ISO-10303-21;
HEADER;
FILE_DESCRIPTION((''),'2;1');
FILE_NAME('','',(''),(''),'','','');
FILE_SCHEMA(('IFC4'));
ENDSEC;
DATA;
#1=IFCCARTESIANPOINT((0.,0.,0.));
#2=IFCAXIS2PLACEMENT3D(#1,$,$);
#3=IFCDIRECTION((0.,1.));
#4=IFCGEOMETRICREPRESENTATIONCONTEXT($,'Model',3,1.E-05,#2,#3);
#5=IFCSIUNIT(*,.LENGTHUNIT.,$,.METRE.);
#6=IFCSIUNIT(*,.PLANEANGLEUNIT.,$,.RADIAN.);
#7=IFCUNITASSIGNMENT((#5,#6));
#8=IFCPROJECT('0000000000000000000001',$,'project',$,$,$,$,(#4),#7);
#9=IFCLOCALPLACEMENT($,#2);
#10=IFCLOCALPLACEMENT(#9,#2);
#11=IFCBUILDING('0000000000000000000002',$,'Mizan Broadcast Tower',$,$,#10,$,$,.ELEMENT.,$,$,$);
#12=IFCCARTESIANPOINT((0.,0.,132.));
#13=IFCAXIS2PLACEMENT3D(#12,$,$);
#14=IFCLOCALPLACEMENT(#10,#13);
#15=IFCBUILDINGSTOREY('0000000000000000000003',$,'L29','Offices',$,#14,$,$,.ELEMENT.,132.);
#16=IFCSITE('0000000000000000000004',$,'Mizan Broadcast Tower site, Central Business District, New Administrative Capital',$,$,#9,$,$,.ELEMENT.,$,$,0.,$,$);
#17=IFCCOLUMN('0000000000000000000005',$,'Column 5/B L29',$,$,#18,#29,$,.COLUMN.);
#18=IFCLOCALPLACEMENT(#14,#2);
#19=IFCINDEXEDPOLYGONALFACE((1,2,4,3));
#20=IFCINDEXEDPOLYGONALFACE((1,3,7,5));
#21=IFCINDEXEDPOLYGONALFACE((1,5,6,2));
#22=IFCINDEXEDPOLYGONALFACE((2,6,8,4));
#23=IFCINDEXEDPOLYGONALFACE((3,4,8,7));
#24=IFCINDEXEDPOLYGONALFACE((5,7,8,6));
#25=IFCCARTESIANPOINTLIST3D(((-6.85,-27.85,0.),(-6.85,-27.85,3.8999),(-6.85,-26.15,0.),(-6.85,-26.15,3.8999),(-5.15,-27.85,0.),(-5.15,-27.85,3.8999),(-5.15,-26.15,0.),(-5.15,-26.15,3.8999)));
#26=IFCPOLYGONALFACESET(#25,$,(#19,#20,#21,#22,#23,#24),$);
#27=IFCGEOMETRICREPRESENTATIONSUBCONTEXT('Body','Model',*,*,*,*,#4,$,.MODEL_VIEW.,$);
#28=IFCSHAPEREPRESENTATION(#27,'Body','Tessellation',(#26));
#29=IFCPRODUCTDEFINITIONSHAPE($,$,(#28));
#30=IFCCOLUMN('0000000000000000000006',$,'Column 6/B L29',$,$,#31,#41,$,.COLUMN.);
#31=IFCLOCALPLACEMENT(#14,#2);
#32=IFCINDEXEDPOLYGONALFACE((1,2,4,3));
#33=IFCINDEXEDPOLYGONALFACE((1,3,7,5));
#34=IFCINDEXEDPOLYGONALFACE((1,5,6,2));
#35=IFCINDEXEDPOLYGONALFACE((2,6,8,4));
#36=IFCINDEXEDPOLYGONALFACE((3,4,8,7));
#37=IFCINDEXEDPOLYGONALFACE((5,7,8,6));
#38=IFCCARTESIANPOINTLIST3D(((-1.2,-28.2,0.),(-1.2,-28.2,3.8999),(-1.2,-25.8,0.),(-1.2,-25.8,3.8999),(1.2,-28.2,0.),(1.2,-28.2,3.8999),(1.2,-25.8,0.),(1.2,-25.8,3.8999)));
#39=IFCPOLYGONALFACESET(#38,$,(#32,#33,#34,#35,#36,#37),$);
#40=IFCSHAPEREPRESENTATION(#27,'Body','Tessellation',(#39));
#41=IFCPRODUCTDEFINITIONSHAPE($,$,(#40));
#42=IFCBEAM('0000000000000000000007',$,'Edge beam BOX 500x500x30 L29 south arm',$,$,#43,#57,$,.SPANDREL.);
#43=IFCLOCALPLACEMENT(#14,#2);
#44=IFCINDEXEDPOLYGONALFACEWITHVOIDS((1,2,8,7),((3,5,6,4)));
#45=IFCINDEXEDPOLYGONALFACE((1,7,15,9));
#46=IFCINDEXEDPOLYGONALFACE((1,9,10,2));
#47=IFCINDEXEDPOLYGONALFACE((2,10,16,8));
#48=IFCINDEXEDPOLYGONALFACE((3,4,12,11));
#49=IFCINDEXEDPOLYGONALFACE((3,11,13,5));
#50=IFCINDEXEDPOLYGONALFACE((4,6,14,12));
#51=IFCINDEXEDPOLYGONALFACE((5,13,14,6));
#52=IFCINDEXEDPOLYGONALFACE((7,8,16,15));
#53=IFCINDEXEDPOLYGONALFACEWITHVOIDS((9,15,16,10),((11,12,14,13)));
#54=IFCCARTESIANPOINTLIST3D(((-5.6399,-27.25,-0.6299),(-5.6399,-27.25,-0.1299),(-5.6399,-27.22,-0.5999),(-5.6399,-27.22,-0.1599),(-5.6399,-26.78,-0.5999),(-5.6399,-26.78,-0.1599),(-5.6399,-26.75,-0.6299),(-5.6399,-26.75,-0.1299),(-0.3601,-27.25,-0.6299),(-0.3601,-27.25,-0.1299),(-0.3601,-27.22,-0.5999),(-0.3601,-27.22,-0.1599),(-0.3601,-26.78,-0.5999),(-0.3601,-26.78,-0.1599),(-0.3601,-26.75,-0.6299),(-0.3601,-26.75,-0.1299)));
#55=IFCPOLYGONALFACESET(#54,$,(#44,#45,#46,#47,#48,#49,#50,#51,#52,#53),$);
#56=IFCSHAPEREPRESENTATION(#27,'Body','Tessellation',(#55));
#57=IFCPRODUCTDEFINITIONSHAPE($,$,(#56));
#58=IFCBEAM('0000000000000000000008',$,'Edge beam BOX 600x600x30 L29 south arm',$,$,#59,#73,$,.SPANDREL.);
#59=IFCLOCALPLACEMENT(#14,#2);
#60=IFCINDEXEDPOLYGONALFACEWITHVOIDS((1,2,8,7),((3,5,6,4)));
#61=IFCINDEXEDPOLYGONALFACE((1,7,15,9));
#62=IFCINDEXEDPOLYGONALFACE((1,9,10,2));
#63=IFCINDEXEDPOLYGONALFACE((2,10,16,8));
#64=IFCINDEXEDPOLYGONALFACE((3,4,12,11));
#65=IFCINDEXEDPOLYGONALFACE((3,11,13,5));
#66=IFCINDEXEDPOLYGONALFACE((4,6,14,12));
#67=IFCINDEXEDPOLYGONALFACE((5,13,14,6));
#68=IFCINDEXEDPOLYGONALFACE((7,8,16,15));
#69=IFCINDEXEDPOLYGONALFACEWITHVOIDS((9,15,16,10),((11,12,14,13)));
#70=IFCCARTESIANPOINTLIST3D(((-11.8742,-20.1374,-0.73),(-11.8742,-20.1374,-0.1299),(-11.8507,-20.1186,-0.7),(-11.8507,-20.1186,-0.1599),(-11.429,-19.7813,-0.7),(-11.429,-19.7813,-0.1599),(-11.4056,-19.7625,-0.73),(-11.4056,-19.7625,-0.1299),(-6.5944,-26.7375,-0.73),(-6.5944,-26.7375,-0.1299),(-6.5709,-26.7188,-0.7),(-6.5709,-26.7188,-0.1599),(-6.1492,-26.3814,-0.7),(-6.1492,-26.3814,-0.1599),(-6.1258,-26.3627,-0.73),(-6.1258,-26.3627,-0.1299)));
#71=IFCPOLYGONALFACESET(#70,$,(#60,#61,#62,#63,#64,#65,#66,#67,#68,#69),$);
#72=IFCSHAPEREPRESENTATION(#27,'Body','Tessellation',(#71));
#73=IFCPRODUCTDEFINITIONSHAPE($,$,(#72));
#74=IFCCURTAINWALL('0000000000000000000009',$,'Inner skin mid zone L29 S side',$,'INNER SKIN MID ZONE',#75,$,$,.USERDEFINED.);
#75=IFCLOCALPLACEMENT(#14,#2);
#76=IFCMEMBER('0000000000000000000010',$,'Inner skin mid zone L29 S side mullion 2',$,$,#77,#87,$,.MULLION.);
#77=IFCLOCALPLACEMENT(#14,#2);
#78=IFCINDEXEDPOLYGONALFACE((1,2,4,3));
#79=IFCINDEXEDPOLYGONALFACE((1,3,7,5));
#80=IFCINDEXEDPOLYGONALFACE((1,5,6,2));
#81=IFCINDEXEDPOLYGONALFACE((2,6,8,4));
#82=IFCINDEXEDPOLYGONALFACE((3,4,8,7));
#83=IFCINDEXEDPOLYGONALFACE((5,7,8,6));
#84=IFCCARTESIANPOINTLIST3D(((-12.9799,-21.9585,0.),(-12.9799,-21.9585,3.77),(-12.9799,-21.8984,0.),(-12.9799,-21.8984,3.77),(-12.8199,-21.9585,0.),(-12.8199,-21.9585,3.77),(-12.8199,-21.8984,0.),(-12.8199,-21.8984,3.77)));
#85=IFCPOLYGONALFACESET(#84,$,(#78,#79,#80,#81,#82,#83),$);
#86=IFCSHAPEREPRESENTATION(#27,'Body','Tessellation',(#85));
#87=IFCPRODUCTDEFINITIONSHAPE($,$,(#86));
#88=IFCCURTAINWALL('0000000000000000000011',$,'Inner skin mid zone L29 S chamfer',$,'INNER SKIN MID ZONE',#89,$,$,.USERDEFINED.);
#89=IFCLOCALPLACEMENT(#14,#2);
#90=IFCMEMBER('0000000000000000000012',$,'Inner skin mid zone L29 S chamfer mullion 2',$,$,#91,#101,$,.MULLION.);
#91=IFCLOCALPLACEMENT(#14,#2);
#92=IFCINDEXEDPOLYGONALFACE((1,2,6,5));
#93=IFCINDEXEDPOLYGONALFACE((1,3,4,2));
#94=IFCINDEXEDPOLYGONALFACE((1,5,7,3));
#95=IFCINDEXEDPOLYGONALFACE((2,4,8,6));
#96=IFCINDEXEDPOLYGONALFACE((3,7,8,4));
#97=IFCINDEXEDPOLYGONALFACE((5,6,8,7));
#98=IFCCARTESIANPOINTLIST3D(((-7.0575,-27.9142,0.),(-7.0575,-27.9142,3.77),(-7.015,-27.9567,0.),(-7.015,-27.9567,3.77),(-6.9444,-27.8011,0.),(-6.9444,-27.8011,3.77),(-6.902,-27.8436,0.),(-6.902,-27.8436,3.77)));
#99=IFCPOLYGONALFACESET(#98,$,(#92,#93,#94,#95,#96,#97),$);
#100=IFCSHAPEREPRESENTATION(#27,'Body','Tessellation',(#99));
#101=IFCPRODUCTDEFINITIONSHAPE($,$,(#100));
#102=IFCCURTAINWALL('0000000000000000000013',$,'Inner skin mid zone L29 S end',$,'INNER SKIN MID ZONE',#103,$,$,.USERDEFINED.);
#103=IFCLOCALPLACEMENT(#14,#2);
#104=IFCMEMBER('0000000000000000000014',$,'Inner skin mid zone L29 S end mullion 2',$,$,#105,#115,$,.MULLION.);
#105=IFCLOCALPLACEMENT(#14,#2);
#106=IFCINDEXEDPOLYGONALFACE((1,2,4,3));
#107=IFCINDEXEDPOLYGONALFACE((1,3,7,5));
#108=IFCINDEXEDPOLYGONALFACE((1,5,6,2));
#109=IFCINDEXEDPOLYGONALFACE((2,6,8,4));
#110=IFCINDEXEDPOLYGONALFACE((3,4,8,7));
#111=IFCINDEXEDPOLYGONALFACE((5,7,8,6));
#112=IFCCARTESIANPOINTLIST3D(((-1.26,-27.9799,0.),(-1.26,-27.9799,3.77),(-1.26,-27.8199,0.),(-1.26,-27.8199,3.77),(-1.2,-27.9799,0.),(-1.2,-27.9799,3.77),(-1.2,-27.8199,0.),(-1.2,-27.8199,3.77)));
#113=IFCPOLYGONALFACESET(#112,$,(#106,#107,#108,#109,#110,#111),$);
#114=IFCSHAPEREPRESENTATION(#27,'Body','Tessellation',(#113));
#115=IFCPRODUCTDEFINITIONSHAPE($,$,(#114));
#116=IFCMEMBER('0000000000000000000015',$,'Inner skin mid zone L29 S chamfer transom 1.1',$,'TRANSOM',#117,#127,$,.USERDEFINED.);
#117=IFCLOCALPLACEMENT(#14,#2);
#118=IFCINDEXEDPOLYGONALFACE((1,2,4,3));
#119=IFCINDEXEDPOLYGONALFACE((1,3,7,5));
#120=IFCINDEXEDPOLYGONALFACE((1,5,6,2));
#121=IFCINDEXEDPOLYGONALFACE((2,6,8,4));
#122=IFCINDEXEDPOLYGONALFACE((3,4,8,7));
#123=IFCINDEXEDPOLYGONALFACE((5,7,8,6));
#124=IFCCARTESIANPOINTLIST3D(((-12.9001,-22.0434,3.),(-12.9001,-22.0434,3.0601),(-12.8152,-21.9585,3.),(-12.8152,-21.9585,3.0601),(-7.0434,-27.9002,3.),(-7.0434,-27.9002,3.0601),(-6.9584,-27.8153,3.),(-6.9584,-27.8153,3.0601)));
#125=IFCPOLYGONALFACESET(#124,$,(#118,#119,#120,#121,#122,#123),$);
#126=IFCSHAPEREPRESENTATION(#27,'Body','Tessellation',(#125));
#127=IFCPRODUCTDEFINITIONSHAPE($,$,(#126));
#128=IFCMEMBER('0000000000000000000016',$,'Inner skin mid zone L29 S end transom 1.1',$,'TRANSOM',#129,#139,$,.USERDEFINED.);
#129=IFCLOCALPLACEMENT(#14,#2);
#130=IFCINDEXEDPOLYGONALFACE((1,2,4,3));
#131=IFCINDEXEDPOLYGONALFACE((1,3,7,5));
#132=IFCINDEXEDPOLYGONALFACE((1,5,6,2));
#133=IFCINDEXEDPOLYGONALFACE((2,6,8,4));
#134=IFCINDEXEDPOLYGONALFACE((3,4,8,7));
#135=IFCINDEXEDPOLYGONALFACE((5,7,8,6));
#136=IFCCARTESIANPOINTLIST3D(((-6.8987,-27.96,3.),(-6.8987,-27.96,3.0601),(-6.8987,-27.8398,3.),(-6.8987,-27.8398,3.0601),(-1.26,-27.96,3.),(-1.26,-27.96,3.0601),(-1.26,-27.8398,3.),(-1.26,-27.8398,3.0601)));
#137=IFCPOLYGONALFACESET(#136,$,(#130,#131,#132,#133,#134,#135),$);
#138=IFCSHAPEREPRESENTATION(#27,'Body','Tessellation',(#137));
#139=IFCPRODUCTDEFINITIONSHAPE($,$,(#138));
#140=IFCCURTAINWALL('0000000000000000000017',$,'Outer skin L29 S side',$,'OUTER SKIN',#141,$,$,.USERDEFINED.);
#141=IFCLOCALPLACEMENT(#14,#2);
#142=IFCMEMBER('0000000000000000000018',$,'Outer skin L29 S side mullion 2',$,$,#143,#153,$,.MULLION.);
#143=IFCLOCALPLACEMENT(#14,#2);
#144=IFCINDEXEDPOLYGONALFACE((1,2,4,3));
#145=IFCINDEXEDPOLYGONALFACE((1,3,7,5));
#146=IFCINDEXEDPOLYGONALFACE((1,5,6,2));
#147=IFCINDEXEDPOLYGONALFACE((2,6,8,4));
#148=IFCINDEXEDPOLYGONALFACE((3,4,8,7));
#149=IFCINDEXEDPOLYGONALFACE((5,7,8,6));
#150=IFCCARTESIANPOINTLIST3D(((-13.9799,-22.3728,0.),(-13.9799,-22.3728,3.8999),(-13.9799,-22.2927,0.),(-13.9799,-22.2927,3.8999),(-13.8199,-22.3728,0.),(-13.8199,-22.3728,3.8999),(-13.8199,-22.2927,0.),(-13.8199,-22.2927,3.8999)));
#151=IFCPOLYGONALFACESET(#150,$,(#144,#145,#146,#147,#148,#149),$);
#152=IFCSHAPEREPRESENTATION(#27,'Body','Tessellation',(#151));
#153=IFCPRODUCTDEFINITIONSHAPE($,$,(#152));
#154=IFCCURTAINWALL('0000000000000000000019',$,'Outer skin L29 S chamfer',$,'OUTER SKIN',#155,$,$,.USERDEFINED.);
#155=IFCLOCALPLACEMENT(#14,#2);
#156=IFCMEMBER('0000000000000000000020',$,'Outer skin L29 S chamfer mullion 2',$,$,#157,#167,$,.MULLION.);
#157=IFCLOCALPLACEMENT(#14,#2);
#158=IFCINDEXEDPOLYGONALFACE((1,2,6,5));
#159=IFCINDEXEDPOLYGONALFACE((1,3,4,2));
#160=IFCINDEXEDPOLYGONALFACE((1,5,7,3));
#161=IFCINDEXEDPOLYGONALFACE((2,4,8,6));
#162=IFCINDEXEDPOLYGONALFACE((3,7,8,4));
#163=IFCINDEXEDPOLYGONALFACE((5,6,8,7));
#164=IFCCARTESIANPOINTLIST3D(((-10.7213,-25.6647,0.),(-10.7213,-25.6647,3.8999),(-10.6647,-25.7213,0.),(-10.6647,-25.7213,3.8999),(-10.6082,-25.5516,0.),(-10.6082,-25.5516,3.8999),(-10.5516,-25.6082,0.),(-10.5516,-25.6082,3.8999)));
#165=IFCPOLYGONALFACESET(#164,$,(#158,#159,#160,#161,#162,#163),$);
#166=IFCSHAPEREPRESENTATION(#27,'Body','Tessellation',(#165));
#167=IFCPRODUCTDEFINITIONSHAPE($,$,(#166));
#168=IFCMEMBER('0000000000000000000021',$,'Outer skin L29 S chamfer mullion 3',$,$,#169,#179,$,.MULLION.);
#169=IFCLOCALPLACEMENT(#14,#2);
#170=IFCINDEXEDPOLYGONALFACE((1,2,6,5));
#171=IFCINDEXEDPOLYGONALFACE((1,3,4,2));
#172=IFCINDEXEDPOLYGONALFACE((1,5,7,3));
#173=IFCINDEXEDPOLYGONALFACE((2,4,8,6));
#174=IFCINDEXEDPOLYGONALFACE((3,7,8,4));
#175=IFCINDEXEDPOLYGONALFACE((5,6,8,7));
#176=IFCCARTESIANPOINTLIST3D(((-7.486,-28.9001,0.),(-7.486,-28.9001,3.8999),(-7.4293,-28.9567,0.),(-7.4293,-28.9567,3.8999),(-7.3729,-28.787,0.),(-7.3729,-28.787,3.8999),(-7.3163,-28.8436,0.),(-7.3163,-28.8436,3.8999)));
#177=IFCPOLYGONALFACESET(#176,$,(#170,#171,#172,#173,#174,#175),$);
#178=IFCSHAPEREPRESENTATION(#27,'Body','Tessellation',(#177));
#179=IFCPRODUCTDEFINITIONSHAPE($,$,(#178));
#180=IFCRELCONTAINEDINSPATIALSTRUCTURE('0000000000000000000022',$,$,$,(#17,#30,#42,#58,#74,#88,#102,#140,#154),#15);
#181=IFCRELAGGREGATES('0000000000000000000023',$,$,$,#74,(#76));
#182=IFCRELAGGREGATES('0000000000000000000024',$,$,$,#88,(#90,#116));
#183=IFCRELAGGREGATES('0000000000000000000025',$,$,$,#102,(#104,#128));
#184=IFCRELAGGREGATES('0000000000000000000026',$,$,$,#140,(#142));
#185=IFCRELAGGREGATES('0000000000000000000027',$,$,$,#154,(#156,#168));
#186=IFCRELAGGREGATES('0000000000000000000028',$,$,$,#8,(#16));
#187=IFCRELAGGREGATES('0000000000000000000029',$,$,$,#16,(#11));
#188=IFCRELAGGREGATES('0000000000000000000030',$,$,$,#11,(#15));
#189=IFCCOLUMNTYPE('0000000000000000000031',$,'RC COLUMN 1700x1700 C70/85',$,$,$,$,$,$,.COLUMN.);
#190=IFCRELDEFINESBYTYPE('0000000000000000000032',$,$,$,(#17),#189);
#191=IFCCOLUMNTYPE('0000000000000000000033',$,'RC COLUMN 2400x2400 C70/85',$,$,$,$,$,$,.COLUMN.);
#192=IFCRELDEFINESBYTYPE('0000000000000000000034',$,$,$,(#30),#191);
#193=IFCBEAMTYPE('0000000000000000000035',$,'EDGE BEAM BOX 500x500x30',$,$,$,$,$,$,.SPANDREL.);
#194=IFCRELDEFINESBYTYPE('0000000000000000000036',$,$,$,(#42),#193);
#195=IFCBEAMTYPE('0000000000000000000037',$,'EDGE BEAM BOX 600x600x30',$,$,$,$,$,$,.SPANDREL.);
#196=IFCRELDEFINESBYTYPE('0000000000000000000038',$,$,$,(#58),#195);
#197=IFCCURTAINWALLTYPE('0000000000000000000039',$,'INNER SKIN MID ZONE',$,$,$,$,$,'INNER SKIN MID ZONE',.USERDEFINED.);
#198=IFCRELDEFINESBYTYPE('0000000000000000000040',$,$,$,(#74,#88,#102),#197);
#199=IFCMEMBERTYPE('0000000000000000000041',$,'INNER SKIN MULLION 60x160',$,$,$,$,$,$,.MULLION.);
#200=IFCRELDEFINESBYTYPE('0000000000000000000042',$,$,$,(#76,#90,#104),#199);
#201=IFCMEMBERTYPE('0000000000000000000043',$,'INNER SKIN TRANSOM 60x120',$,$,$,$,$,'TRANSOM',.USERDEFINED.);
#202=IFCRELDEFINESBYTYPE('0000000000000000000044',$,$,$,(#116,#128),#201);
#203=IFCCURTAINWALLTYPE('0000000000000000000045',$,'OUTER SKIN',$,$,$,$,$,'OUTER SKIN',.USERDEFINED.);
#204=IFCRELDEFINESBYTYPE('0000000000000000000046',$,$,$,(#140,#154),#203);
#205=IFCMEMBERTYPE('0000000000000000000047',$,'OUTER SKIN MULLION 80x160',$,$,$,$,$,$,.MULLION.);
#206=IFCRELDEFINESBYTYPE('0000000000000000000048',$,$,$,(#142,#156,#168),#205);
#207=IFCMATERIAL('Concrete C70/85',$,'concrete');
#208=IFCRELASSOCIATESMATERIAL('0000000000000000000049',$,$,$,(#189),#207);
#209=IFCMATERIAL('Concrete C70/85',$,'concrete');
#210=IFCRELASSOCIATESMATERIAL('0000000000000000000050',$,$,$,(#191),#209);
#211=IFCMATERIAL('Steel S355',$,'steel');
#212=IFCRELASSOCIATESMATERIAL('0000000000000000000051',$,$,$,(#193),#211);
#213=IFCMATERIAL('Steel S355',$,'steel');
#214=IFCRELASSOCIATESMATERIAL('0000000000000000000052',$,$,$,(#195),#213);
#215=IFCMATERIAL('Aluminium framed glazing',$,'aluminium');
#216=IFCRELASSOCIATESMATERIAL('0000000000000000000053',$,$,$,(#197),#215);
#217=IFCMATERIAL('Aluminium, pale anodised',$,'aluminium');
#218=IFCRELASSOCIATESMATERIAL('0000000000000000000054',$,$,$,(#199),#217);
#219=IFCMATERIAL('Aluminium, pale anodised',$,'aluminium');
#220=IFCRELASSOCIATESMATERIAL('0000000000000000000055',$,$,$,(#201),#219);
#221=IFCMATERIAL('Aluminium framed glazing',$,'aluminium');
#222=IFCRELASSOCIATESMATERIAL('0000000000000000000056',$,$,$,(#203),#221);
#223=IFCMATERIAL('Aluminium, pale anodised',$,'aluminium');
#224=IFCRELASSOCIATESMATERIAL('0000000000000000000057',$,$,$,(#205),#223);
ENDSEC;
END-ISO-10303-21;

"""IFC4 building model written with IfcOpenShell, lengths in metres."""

from ifc_helpers import new_model, si_unit, direction, frame, origin, origin_2d, place, context, subcontext, project, spatial, rectangle, hollow_rectangle, extrude, material, material_profile, profile_set, type_object, element, aggregate, save


model = new_model("IFC4")

# Units and contexts
model_context = context("Model", 3, precision=1e-05, world=origin(), true_north=direction((0.0, 1.0)))
body_context = subcontext(model_context, "Body", "Model", "MODEL_VIEW")
ifc_project = project(units=[si_unit("LENGTHUNIT", "METRE"), si_unit("PLANEANGLEUNIT", "RADIAN")], contexts=[model_context])

# Site, building, storey
site_placement = place(None, origin())
site = spatial("IfcSite", under=ifc_project, at=site_placement, Name="Mizan Broadcast Tower site, Central Business District, New Administrative Capital", CompositionType="ELEMENT", RefElevation=0.0)
building_placement = place(site_placement, origin())
building = spatial("IfcBuilding", under=site, at=building_placement, Name="Mizan Broadcast Tower", CompositionType="ELEMENT")
storey_placement = place(building_placement, frame((0.0, 0.0, 132.0)))
storey = spatial("IfcBuildingStorey", under=building, at=storey_placement, Name="L29", Description="Offices", CompositionType="ELEMENT", Elevation=132.0)

# Columns
ifc_material_1 = material(Name="Concrete C70/85", Category="concrete")
ifc_material_profile_1 = material_profile(ifc_material_1, rectangle(XDim=1.7, YDim=1.7, at=origin_2d()), Name="RC 1700x1700")
ifc_profile_set_1 = profile_set([ifc_material_profile_1], Name="Concrete C70/85")
column_type_1 = type_object("IfcColumnType", Name="RC COLUMN 1700x1700 C70/85", PredefinedType="COLUMN", material=ifc_profile_set_1)
column_1_placement = place(storey_placement, frame((-6.0, -27.0, 0.0), z_axis=(0.0, 0.0, 1.0), x_axis=(1.0, 0.0, 0.0)))
element("IfcColumn", 1, at=column_1_placement, inside=storey, type_object=column_type_1, Name="Column 5/B L29", PredefinedType="COLUMN", context=body_context, shape_type="SweptSolid", body=[
    extrude(rectangle(XDim=1.7, YDim=1.7, at=origin_2d()), origin(), (0.0, 0.0, 1.0), 3.8999),
])
ifc_material_2 = material(Name="Concrete C70/85", Category="concrete")
ifc_material_profile_2 = material_profile(ifc_material_2, rectangle(XDim=2.3999, YDim=2.3999, at=origin_2d()), Name="RC 2400x2400")
ifc_profile_set_2 = profile_set([ifc_material_profile_2], Name="Concrete C70/85")
column_type_2 = type_object("IfcColumnType", Name="RC COLUMN 2400x2400 C70/85", PredefinedType="COLUMN", material=ifc_profile_set_2)
column_2_placement = place(storey_placement, frame((0.0, -27.0, 0.0), z_axis=(0.0, 0.0, 1.0), x_axis=(1.0, 0.0, 0.0)))
element("IfcColumn", 2, at=column_2_placement, inside=storey, type_object=column_type_2, Name="Column 6/B L29", PredefinedType="COLUMN", context=body_context, shape_type="SweptSolid", body=[
    extrude(rectangle(XDim=2.3999, YDim=2.3999, at=origin_2d()), origin(), (0.0, 0.0, 1.0), 3.8999),
])

# Beams
ifc_material_3 = material(Name="Steel S355", Category="steel")
ifc_material_profile_3 = material_profile(ifc_material_3, hollow_rectangle(XDim=0.5, YDim=0.5, WallThickness=0.03, at=origin_2d()), Name="BOX 500x500x30")
ifc_profile_set_3 = profile_set([ifc_material_profile_3], Name="Steel S355")
beam_type_1 = type_object("IfcBeamType", Name="EDGE BEAM BOX 500x500x30", PredefinedType="SPANDREL", material=ifc_profile_set_3)
beam_1_placement = place(storey_placement, frame((-5.6399, -27.0, -0.3799), z_axis=(1.0, 0.0, 0.0), x_axis=(0.0, 1.0, 0.0)))
element("IfcBeam", 3, at=beam_1_placement, inside=storey, type_object=beam_type_1, Name="Edge beam BOX 500x500x30 L29 south arm", PredefinedType="SPANDREL", context=body_context, shape_type="SweptSolid", body=[
    extrude(hollow_rectangle(XDim=0.5, YDim=0.5, WallThickness=0.03, at=origin_2d()), origin(), (0.0, 0.0, 1.0), 5.2798),
])
ifc_material_4 = material(Name="Steel S355", Category="steel")
ifc_material_profile_4 = material_profile(ifc_material_4, hollow_rectangle(XDim=0.6001, YDim=0.6001, WallThickness=0.03, at=origin_2d()), Name="BOX 600x600x30")
ifc_profile_set_4 = profile_set([ifc_material_profile_4], Name="Steel S355")
beam_type_2 = type_object("IfcBeamType", Name="EDGE BEAM BOX 600x600x30", PredefinedType="SPANDREL", material=ifc_profile_set_4)
beam_2_placement = place(storey_placement, frame((-11.6399, -19.95, -0.4299), z_axis=(0.624674, -0.780886, 0.0), x_axis=(0.780886, 0.624674, 0.0)))
element("IfcBeam", 4, at=beam_2_placement, inside=storey, type_object=beam_type_2, Name="Edge beam BOX 600x600x30 L29 south arm", PredefinedType="SPANDREL", context=body_context, shape_type="SweptSolid", body=[
    extrude(hollow_rectangle(XDim=0.6001, YDim=0.6001, WallThickness=0.03, at=origin_2d()), origin(), (0.0, 0.0, 1.0), 8.4521),
])

# Curtain walls, members
ifc_material_5 = material(Name="Aluminium framed glazing", Category="aluminium")
curtain_wall_type_1 = type_object("IfcCurtainWallType", Name="INNER SKIN MID ZONE", ElementType="INNER SKIN MID ZONE", PredefinedType="USERDEFINED", material=ifc_material_5)
curtain_wall_1_placement = place(storey_placement, origin())
curtain_wall_1 = element("IfcCurtainWall", 5, at=curtain_wall_1_placement, inside=storey, type_object=curtain_wall_type_1, Name="Inner skin mid zone L29 S side", ObjectType="INNER SKIN MID ZONE", PredefinedType="USERDEFINED")
ifc_material_6 = material(Name="Aluminium, pale anodised", Category="aluminium")
ifc_material_profile_5 = material_profile(ifc_material_6, rectangle(XDim=0.1599, YDim=0.0601, at=origin_2d()), Name="MULLION 160x60")
ifc_profile_set_5 = profile_set([ifc_material_profile_5], Name="Aluminium, pale anodised")
member_type_1 = type_object("IfcMemberType", Name="INNER SKIN MULLION 60x160", PredefinedType="MULLION", material=ifc_profile_set_5)
member_1_placement = place(storey_placement, frame((-12.8999, -21.9285, 0.0), z_axis=(0.0, 0.0, 1.0), x_axis=(1.0, 0.0, 0.0)))
member_1 = element("IfcMember", 6, at=member_1_placement, type_object=member_type_1, Name="Inner skin mid zone L29 S side mullion 2", PredefinedType="MULLION", context=body_context, shape_type="SweptSolid", body=[
    extrude(rectangle(XDim=0.1599, YDim=0.0601, at=origin_2d()), origin(), (0.0, 0.0, 1.0), 3.77),
])
curtain_wall_2_placement = place(storey_placement, origin())
curtain_wall_2 = element("IfcCurtainWall", 7, at=curtain_wall_2_placement, inside=storey, type_object=curtain_wall_type_1, Name="Inner skin mid zone L29 S chamfer", ObjectType="INNER SKIN MID ZONE", PredefinedType="USERDEFINED")
member_2_placement = place(storey_placement, frame((-6.9797, -27.8789, 0.0), z_axis=(0.0, 0.0, 1.0), x_axis=(0.707107, 0.707107, 0.0)))
member_2 = element("IfcMember", 8, at=member_2_placement, type_object=member_type_1, Name="Inner skin mid zone L29 S chamfer mullion 2", PredefinedType="MULLION", context=body_context, shape_type="SweptSolid", body=[
    extrude(rectangle(XDim=0.1599, YDim=0.0601, at=origin_2d()), origin(), (0.0, 0.0, 1.0), 3.77),
])
curtain_wall_3_placement = place(storey_placement, origin())
curtain_wall_3 = element("IfcCurtainWall", 9, at=curtain_wall_3_placement, inside=storey, type_object=curtain_wall_type_1, Name="Inner skin mid zone L29 S end", ObjectType="INNER SKIN MID ZONE", PredefinedType="USERDEFINED")
member_3_placement = place(storey_placement, frame((-1.23, -27.8999, 0.0), z_axis=(0.0, 0.0, 1.0), x_axis=(0.0, 1.0, 0.0)))
member_3 = element("IfcMember", 10, at=member_3_placement, type_object=member_type_1, Name="Inner skin mid zone L29 S end mullion 2", PredefinedType="MULLION", context=body_context, shape_type="SweptSolid", body=[
    extrude(rectangle(XDim=0.1599, YDim=0.0601, at=origin_2d()), origin(), (0.0, 0.0, 1.0), 3.77),
])

# Members
ifc_material_7 = material(Name="Aluminium, pale anodised", Category="aluminium")
ifc_material_profile_6 = material_profile(ifc_material_7, rectangle(XDim=0.1201, YDim=0.0601, at=origin_2d()), Name="TRANSOM 120x60")
ifc_profile_set_6 = profile_set([ifc_material_profile_6], Name="Aluminium, pale anodised")
member_type_2 = type_object("IfcMemberType", Name="INNER SKIN TRANSOM 60x120", ElementType="TRANSOM", PredefinedType="USERDEFINED", material=ifc_profile_set_6)
member_4_placement = place(storey_placement, frame((-12.8577, -22.001, 3.03), z_axis=(0.707107, -0.707107, 0.0), x_axis=(0.707107, 0.707107, 0.0)))
member_4 = element("IfcMember", 11, at=member_4_placement, type_object=member_type_2, Name="Inner skin mid zone L29 S chamfer transom 1.1", ObjectType="TRANSOM", PredefinedType="USERDEFINED", context=body_context, shape_type="SweptSolid", body=[
    extrude(rectangle(XDim=0.1201, YDim=0.0601, at=origin_2d()), origin(), (0.0, 0.0, 1.0), 8.2827),
])
member_5_placement = place(storey_placement, frame((-6.8987, -27.8999, 3.03), z_axis=(1.0, 0.0, 0.0), x_axis=(0.0, 1.0, 0.0)))
member_5 = element("IfcMember", 12, at=member_5_placement, type_object=member_type_2, Name="Inner skin mid zone L29 S end transom 1.1", ObjectType="TRANSOM", PredefinedType="USERDEFINED", context=body_context, shape_type="SweptSolid", body=[
    extrude(rectangle(XDim=0.1201, YDim=0.0601, at=origin_2d()), origin(), (0.0, 0.0, 1.0), 5.6387),
])

# Curtain wall, member
ifc_material_8 = material(Name="Aluminium framed glazing", Category="aluminium")
curtain_wall_type_2 = type_object("IfcCurtainWallType", Name="OUTER SKIN", ElementType="OUTER SKIN", PredefinedType="USERDEFINED", material=ifc_material_8)
curtain_wall_4_placement = place(storey_placement, origin())
curtain_wall_4 = element("IfcCurtainWall", 13, at=curtain_wall_4_placement, inside=storey, type_object=curtain_wall_type_2, Name="Outer skin L29 S side", ObjectType="OUTER SKIN", PredefinedType="USERDEFINED")
ifc_material_9 = material(Name="Aluminium, pale anodised", Category="aluminium")
ifc_material_profile_7 = material_profile(ifc_material_9, rectangle(XDim=0.1599, YDim=0.0801, at=origin_2d()), Name="MULLION 160x80")
ifc_profile_set_7 = profile_set([ifc_material_profile_7], Name="Aluminium, pale anodised")
member_type_3 = type_object("IfcMemberType", Name="OUTER SKIN MULLION 80x160", PredefinedType="MULLION", material=ifc_profile_set_7)
member_6_placement = place(storey_placement, frame((-13.8999, -22.3328, 0.0), z_axis=(0.0, 0.0, 1.0), x_axis=(1.0, 0.0, 0.0)))
member_6 = element("IfcMember", 14, at=member_6_placement, type_object=member_type_3, Name="Outer skin L29 S side mullion 2", PredefinedType="MULLION", context=body_context, shape_type="SweptSolid", body=[
    extrude(rectangle(XDim=0.1599, YDim=0.0801, at=origin_2d()), origin(), (0.0, 0.0, 1.0), 3.8999),
])

# Curtain wall, members
curtain_wall_5_placement = place(storey_placement, origin())
curtain_wall_5 = element("IfcCurtainWall", 15, at=curtain_wall_5_placement, inside=storey, type_object=curtain_wall_type_2, Name="Outer skin L29 S chamfer", ObjectType="OUTER SKIN", PredefinedType="USERDEFINED")
member_7_placement = place(storey_placement, frame((-10.6365, -25.6365, 0.0), z_axis=(0.0, 0.0, 1.0), x_axis=(0.707107, 0.707107, 0.0)))
member_7 = element("IfcMember", 16, at=member_7_placement, type_object=member_type_3, Name="Outer skin L29 S chamfer mullion 2", PredefinedType="MULLION", context=body_context, shape_type="SweptSolid", body=[
    extrude(rectangle(XDim=0.1599, YDim=0.0801, at=origin_2d()), origin(), (0.0, 0.0, 1.0), 3.8999),
])
member_8_placement = place(storey_placement, frame((-7.4011, -28.8718, 0.0), z_axis=(0.0, 0.0, 1.0), x_axis=(0.707107, 0.707107, 0.0)))
member_8 = element("IfcMember", 17, at=member_8_placement, type_object=member_type_3, Name="Outer skin L29 S chamfer mullion 3", PredefinedType="MULLION", context=body_context, shape_type="SweptSolid", body=[
    extrude(rectangle(XDim=0.1599, YDim=0.0801, at=origin_2d()), origin(), (0.0, 0.0, 1.0), 3.8999),
])

aggregate(curtain_wall_1, [member_1])
aggregate(curtain_wall_2, [member_2, member_4])
aggregate(curtain_wall_3, [member_3, member_5])
aggregate(curtain_wall_4, [member_6])
aggregate(curtain_wall_5, [member_7, member_8])

save(model, "model.ifc")
